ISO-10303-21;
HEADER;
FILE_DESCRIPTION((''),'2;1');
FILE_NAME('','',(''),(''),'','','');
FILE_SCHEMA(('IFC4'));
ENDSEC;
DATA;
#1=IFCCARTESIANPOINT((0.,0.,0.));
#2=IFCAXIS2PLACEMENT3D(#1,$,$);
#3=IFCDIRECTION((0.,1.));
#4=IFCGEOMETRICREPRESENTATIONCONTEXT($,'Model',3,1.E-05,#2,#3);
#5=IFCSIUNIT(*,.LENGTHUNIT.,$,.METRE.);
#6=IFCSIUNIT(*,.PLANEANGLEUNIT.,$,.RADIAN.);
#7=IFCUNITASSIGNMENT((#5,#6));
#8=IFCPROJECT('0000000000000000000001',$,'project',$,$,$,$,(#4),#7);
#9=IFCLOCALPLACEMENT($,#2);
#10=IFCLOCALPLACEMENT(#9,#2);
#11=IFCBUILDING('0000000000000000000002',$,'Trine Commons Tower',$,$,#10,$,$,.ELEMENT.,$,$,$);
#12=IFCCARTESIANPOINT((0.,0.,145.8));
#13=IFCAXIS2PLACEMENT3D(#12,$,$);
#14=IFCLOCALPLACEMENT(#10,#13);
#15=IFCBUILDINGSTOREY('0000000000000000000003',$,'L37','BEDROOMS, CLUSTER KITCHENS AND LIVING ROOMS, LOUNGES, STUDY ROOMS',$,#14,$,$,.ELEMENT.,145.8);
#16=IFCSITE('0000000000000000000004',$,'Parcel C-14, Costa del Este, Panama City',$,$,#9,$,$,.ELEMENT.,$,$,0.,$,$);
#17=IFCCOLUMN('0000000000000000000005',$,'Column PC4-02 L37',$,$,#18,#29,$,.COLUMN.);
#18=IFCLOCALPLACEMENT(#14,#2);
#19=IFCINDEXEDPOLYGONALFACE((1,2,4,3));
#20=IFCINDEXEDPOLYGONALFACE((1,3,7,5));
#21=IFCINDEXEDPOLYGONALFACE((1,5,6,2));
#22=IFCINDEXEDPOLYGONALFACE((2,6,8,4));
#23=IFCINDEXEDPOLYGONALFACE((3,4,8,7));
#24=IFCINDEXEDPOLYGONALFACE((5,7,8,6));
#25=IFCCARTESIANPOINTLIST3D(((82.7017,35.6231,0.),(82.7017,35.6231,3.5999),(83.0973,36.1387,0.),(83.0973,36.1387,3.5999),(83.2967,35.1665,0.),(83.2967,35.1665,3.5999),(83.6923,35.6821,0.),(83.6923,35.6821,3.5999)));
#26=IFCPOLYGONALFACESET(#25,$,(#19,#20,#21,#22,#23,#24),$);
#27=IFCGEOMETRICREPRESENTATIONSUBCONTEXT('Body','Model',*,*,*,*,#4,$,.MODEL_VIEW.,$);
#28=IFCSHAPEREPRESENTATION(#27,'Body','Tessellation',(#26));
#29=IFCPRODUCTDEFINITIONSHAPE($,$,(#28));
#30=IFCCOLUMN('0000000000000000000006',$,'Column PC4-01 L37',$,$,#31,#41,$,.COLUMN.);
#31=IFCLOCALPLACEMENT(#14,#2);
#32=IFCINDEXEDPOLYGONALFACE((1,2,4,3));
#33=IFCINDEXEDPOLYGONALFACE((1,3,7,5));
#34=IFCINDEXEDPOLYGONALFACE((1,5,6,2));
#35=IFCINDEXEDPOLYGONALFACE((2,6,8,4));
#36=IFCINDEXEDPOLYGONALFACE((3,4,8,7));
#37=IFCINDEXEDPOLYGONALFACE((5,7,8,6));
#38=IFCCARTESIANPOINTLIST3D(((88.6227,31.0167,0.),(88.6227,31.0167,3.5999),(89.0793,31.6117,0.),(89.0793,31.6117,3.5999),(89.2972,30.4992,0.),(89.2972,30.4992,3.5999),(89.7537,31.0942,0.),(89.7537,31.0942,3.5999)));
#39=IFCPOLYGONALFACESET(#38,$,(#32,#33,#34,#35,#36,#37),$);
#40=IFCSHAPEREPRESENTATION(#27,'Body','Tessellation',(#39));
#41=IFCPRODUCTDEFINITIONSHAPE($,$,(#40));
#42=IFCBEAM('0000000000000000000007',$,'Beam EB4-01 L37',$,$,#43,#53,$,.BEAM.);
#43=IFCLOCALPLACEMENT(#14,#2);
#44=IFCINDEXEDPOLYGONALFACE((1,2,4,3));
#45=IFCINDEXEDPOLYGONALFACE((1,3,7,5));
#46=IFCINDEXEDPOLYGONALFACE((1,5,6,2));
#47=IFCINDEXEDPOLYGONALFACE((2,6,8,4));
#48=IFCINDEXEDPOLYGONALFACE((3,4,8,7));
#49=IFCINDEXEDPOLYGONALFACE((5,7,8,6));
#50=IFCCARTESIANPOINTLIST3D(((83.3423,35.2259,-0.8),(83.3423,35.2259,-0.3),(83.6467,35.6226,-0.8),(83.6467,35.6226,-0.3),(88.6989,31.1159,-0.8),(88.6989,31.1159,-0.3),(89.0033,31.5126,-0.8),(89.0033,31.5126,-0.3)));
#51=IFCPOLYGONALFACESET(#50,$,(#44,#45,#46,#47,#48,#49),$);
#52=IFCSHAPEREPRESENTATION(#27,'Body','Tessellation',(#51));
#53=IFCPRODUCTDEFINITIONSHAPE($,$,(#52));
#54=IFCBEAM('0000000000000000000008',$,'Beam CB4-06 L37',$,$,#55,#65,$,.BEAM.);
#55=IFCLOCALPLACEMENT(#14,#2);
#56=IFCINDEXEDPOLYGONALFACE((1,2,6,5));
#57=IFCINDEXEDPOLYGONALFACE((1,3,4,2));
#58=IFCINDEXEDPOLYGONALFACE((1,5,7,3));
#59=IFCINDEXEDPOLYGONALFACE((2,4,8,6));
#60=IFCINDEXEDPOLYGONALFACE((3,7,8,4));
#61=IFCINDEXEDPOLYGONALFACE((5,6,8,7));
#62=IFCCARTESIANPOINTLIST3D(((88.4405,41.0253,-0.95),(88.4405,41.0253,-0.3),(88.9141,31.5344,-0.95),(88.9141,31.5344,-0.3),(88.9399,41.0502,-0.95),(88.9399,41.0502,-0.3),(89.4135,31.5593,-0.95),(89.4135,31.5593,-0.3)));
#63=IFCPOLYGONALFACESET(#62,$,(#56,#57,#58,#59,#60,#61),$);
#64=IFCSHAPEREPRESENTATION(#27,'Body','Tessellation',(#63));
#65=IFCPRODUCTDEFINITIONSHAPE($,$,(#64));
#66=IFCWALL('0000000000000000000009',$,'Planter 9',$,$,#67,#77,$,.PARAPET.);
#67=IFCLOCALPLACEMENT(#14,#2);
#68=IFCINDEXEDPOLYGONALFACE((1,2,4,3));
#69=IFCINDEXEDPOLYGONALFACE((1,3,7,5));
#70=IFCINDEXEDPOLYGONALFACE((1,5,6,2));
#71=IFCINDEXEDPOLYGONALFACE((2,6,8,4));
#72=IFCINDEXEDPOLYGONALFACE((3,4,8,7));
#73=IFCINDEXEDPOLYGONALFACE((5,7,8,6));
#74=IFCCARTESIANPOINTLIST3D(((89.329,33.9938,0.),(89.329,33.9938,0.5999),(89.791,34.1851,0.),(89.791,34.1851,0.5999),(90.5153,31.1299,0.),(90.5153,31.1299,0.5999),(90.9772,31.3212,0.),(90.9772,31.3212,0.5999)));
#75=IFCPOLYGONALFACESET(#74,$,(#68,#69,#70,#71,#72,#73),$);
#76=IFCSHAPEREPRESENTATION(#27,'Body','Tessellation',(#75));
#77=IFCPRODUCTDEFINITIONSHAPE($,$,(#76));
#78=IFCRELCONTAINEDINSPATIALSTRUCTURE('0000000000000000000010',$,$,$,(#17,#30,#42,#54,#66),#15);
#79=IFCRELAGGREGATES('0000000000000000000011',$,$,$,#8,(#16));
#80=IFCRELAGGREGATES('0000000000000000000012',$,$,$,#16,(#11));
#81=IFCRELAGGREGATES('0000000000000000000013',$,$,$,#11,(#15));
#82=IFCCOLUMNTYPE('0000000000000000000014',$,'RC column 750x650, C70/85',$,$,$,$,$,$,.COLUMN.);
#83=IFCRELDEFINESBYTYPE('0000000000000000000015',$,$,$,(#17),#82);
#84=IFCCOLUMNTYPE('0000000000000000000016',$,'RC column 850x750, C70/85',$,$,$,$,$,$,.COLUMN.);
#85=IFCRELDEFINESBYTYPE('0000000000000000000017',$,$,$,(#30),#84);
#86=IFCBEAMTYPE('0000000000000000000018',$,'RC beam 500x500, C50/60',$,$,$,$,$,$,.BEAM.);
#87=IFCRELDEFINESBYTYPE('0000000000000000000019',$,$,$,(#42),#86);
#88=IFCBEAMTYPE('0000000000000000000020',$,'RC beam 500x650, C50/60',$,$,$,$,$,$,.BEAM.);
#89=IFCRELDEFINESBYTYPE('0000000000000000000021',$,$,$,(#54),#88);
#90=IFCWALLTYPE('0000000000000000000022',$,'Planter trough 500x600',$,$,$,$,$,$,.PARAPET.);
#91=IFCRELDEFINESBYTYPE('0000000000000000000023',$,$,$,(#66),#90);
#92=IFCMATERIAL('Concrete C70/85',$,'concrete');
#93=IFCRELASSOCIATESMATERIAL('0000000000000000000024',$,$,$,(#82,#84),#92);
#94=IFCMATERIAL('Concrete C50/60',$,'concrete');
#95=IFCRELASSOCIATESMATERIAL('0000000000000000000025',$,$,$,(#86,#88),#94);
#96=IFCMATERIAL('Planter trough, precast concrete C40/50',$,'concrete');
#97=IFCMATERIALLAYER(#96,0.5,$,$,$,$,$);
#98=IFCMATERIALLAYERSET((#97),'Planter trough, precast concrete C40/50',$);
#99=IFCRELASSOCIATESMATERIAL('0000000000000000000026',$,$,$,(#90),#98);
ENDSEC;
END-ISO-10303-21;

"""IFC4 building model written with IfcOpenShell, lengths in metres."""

from ifc_helpers import new_model, si_unit, direction, frame, frame_2d, origin, origin_2d, place, context, subcontext, project, spatial, rectangle, extrude, material, layer, layer_set, material_profile, profile_set, type_object, element, save


model = new_model("IFC4")

# Units and contexts
model_context = context("Model", 3, precision=1e-05, world=origin(), true_north=direction((0.0, 1.0)))
body_context = subcontext(model_context, "Body", "Model", "MODEL_VIEW")
ifc_project = project(units=[si_unit("LENGTHUNIT", "METRE"), si_unit("PLANEANGLEUNIT", "RADIAN")], contexts=[model_context])

# Site, building, storey
site_placement = place(None, origin())
site = spatial("IfcSite", under=ifc_project, at=site_placement, Name="Parcel C-14, Costa del Este, Panama City", CompositionType="ELEMENT", RefElevation=0.0)
building_placement = place(site_placement, origin())
building = spatial("IfcBuilding", under=site, at=building_placement, Name="Trine Commons Tower", CompositionType="ELEMENT")
storey_placement = place(building_placement, frame((0.0, 0.0, 145.8)))
storey = spatial("IfcBuildingStorey", under=building, at=storey_placement, Name="L37", Description="BEDROOMS, CLUSTER KITCHENS AND LIVING ROOMS, LOUNGES, STUDY ROOMS", CompositionType="ELEMENT", Elevation=145.8)

# Columns
ifc_material_1 = material(Name="Concrete C70/85", Category="concrete")
ifc_material_profile_1 = material_profile(ifc_material_1, rectangle(XDim=0.75, YDim=0.6499, at=origin_2d()), Name="RC 750x650")
ifc_profile_set_1 = profile_set([ifc_material_profile_1], Name="Concrete C70/85")
column_type_1 = type_object("IfcColumnType", Name="RC column 750x650, C70/85", PredefinedType="COLUMN", material=ifc_profile_set_1)
column_1_placement = place(storey_placement, frame((83.197, 35.6526, 0.0), z_axis=(0.0, 0.0, 1.0), x_axis=(-0.793353, 0.608761, 0.0)))
element("IfcColumn", 1, at=column_1_placement, inside=storey, type_object=column_type_1, Name="Column PC4-02 L37", PredefinedType="COLUMN", context=body_context, shape_type="SweptSolid", body=[
    extrude(rectangle(XDim=0.75, YDim=0.6499, at=origin_2d()), origin(), (0.0, 0.0, 1.0), 3.5999),
])
ifc_material_profile_2 = material_profile(ifc_material_1, rectangle(XDim=0.8501, YDim=0.75, at=origin_2d()), Name="RC 850x750")
ifc_profile_set_2 = profile_set([ifc_material_profile_2], Name="Concrete C70/85")
column_type_2 = type_object("IfcColumnType", Name="RC column 850x750, C70/85", PredefinedType="COLUMN", material=ifc_profile_set_2)
column_2_placement = place(storey_placement, frame((89.1882, 31.0554, 0.0), z_axis=(0.0, 0.0, 1.0), x_axis=(-0.793353, 0.608761, 0.0)))
element("IfcColumn", 2, at=column_2_placement, inside=storey, type_object=column_type_2, Name="Column PC4-01 L37", PredefinedType="COLUMN", context=body_context, shape_type="SweptSolid", body=[
    extrude(rectangle(XDim=0.8501, YDim=0.75, at=origin_2d()), origin(), (0.0, 0.0, 1.0), 3.5999),
])

# Beams
ifc_material_2 = material(Name="Concrete C50/60", Category="concrete")
ifc_material_profile_3 = material_profile(ifc_material_2, rectangle(XDim=0.5, YDim=0.5, at=origin_2d()), Name="RC 500x500")
ifc_profile_set_3 = profile_set([ifc_material_profile_3], Name="Concrete C50/60")
beam_type_1 = type_object("IfcBeamType", Name="RC beam 500x500, C50/60", PredefinedType="BEAM", material=ifc_profile_set_3)
beam_1_placement = place(storey_placement, frame((88.8511, 31.3142, -0.55), z_axis=(-0.793369, 0.60874, 0.0), x_axis=(-0.60874, -0.793369, 0.0)))
element("IfcBeam", 3, at=beam_1_placement, inside=storey, type_object=beam_type_1, Name="Beam EB4-01 L37", PredefinedType="BEAM", context=body_context, shape_type="SweptSolid", body=[
    extrude(rectangle(XDim=0.5, YDim=0.5, at=origin_2d()), origin(), (0.0, 0.0, 1.0), 6.7517),
])
ifc_material_profile_4 = material_profile(ifc_material_2, rectangle(XDim=0.5, YDim=0.6499, at=origin_2d()), Name="RC 500x650")
ifc_profile_set_4 = profile_set([ifc_material_profile_4], Name="Concrete C50/60")
beam_type_2 = type_object("IfcBeamType", Name="RC beam 500x650, C50/60", PredefinedType="BEAM", material=ifc_profile_set_4)
beam_2_placement = place(storey_placement, frame((89.1638, 31.5469, -0.625), z_axis=(-0.049842, 0.998757, 0.0), x_axis=(-0.998757, -0.049842, 0.0)))
element("IfcBeam", 4, at=beam_2_placement, inside=storey, type_object=beam_type_2, Name="Beam CB4-06 L37", PredefinedType="BEAM", context=body_context, shape_type="SweptSolid", body=[
    extrude(rectangle(XDim=0.5, YDim=0.6499, at=origin_2d()), origin(), (0.0, 0.0, 1.0), 9.5027),
])

# Wall
ifc_material_3 = material(Name="Planter trough, precast concrete C40/50", Category="concrete")
ifc_layer_1 = layer(ifc_material_3, 0.5)
ifc_layer_set_1 = layer_set([ifc_layer_1], Name="Planter trough, precast concrete C40/50")
wall_type_1 = type_object("IfcWallType", Name="Planter trough 500x600", PredefinedType="PARAPET", material=ifc_layer_set_1)
wall_1_placement = place(storey_placement, frame((89.5601, 34.0894, 0.0), z_axis=(0.0, 0.0, 1.0), x_axis=(0.382674, -0.923883, 0.0)))
element("IfcWall", 5, at=wall_1_placement, inside=storey, type_object=wall_type_1, Name="Planter 9", PredefinedType="PARAPET", context=body_context, shape_type="SweptSolid", body=[
    extrude(rectangle(XDim=3.0999, YDim=0.5, at=frame_2d((1.5498, 0.0))), origin(), (0.0, 0.0, 1.0), 0.5999),
])

save(model, "model.ifc")
